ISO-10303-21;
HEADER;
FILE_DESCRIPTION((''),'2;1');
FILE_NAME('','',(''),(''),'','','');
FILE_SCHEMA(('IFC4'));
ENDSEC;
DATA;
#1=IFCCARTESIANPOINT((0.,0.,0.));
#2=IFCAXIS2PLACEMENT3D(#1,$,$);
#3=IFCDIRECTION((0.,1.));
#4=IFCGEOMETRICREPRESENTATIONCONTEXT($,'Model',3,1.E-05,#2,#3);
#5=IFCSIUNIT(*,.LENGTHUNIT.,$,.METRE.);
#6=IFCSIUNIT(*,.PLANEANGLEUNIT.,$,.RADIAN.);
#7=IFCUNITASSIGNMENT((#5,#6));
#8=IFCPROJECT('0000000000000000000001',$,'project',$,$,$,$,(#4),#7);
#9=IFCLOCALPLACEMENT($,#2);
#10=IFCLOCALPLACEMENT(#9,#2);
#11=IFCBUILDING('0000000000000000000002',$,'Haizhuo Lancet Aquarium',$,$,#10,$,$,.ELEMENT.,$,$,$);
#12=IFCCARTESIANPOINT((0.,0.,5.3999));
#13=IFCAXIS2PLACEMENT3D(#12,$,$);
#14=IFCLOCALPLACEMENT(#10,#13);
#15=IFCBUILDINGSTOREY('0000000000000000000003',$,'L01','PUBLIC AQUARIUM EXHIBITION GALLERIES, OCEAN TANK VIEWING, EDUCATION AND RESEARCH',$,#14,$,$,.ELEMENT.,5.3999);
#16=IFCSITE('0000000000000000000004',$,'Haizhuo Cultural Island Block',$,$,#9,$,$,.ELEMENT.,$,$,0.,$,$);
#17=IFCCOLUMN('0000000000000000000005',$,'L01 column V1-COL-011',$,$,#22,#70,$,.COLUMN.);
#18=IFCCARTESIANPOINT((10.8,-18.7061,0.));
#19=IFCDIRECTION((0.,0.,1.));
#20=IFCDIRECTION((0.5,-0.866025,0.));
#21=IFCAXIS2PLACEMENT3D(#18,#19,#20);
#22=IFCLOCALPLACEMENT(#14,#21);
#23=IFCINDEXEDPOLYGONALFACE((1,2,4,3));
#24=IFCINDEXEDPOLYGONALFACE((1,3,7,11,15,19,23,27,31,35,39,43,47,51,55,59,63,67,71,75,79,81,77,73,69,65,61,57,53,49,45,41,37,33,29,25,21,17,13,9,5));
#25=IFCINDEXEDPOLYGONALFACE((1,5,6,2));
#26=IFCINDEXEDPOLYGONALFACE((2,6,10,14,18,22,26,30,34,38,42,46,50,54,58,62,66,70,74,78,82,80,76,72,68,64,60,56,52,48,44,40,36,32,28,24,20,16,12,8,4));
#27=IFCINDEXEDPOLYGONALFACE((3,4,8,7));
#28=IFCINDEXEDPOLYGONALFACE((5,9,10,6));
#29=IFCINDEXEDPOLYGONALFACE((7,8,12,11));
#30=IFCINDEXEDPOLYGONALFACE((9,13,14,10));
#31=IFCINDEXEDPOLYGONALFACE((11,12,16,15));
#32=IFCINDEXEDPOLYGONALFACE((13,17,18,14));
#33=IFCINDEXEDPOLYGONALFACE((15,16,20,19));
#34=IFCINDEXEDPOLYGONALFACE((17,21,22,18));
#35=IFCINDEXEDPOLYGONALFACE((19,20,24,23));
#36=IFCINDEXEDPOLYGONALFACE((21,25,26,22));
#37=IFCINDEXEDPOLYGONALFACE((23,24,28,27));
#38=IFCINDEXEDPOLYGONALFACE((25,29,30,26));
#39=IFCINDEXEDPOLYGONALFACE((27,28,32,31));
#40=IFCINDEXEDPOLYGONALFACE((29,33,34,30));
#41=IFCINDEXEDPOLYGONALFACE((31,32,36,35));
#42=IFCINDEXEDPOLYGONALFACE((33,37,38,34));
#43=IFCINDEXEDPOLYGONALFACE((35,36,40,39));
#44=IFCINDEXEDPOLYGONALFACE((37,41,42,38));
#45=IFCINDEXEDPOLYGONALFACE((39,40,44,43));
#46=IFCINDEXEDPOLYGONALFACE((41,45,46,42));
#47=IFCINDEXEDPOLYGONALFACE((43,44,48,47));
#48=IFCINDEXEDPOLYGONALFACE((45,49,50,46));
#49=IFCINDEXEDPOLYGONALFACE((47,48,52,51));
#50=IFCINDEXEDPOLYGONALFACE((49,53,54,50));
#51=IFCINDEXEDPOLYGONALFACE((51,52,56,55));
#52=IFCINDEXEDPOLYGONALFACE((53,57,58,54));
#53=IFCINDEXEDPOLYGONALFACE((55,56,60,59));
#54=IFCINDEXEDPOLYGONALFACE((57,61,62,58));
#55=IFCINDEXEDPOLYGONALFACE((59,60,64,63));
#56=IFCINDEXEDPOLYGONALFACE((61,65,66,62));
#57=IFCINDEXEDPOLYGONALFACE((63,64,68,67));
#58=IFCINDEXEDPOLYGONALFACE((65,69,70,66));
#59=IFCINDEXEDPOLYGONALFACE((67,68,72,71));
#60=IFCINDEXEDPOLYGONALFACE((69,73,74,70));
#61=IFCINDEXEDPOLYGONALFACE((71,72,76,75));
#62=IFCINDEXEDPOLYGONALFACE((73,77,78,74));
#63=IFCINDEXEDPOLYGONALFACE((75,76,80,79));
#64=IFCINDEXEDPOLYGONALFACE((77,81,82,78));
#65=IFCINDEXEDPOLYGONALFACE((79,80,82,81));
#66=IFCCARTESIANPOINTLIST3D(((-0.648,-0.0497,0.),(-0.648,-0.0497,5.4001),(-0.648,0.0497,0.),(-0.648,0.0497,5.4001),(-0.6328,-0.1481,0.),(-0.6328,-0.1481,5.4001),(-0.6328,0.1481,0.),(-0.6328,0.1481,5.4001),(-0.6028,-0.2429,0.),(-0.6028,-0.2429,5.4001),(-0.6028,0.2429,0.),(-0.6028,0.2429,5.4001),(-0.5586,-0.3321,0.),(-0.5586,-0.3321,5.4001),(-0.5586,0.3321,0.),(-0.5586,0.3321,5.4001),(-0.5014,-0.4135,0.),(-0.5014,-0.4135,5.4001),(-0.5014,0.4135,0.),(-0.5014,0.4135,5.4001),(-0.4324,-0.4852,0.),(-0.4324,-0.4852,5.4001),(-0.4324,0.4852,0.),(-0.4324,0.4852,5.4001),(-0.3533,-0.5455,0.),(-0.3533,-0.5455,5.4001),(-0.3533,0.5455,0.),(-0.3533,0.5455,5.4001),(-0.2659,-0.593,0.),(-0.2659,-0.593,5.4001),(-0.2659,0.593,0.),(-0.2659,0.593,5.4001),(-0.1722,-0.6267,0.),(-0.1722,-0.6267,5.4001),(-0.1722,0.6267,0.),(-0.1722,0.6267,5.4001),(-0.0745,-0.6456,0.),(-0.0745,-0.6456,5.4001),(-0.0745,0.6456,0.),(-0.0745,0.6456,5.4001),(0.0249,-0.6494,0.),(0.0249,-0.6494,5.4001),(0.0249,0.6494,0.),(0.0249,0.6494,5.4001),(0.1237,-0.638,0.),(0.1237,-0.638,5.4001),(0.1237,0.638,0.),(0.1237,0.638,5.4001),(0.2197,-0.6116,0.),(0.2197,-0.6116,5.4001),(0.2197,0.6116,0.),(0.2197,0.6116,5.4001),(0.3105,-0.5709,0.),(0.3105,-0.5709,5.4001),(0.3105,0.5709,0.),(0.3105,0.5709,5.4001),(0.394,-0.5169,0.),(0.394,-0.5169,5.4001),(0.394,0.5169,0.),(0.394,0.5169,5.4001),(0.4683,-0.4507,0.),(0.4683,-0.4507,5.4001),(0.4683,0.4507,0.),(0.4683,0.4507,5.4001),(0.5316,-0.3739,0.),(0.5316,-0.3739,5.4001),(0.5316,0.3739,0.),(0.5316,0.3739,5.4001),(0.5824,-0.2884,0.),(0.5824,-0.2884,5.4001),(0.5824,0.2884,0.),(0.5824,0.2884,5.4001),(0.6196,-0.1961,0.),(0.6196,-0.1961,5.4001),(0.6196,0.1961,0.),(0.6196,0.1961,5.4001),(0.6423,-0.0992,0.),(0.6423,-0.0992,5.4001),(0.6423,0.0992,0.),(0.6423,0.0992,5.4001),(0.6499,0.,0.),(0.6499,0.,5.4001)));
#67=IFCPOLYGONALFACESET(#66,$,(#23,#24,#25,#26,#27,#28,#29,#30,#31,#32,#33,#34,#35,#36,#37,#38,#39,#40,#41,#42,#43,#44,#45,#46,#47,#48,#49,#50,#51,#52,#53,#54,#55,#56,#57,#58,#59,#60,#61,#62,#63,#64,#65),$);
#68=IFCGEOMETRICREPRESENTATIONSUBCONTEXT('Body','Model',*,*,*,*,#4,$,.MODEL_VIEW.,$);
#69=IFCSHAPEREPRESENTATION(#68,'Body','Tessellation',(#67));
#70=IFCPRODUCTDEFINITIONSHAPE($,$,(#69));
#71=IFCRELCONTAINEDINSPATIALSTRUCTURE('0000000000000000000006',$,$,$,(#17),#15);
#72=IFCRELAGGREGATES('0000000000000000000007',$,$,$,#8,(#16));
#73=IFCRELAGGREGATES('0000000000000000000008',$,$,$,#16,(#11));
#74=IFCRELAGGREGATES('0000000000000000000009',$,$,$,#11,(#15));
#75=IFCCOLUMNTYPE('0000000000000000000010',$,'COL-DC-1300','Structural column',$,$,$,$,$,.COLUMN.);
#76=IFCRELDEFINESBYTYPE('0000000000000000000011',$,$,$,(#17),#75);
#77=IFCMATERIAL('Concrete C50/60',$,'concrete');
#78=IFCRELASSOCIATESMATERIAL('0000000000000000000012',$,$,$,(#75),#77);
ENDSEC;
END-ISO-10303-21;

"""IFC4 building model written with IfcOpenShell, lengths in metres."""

from ifc_helpers import new_model, si_unit, direction, frame, origin, origin_2d, place, context, subcontext, project, spatial, circle, extrude, material, material_profile, profile_set, type_object, element, save


model = new_model("IFC4")

# Units and contexts
model_context = context("Model", 3, precision=1e-05, world=origin(), true_north=direction((0.0, 1.0)))
body_context = subcontext(model_context, "Body", "Model", "MODEL_VIEW")
ifc_project = project(units=[si_unit("LENGTHUNIT", "METRE"), si_unit("PLANEANGLEUNIT", "RADIAN")], contexts=[model_context])

# Site, building, storey
site_placement = place(None, origin())
site = spatial("IfcSite", under=ifc_project, at=site_placement, Name="Haizhuo Cultural Island Block", CompositionType="ELEMENT", RefElevation=0.0)
building_placement = place(site_placement, origin())
building = spatial("IfcBuilding", under=site, at=building_placement, Name="Haizhuo Lancet Aquarium", CompositionType="ELEMENT")
storey_placement = place(building_placement, frame((0.0, 0.0, 5.3999)))
storey = spatial("IfcBuildingStorey", under=building, at=storey_placement, Name="L01", Description="PUBLIC AQUARIUM EXHIBITION GALLERIES, OCEAN TANK VIEWING, EDUCATION AND RESEARCH", CompositionType="ELEMENT", Elevation=5.3999)

# Column
ifc_material_1 = material(Name="Concrete C50/60", Category="concrete")
ifc_material_profile_1 = material_profile(ifc_material_1, circle(Radius=0.6499, at=origin_2d()), Name="RC-DC 1300")
ifc_profile_set_1 = profile_set([ifc_material_profile_1], Name="Concrete C50/60")
column_type = type_object("IfcColumnType", Name="COL-DC-1300", Description="Structural column", PredefinedType="COLUMN", material=ifc_profile_set_1)
column_placement = place(storey_placement, frame((10.8, -18.7061, 0.0), z_axis=(0.0, 0.0, 1.0), x_axis=(0.5, -0.866025, 0.0)))
element("IfcColumn", 1, at=column_placement, inside=storey, type_object=column_type, Name="L01 column V1-COL-011", PredefinedType="COLUMN", context=body_context, shape_type="SweptSolid", body=[
    extrude(circle(Radius=0.6499, at=origin_2d()), origin(), (0.0, 0.0, 1.0), 5.4001),
])

save(model, "model.ifc")
